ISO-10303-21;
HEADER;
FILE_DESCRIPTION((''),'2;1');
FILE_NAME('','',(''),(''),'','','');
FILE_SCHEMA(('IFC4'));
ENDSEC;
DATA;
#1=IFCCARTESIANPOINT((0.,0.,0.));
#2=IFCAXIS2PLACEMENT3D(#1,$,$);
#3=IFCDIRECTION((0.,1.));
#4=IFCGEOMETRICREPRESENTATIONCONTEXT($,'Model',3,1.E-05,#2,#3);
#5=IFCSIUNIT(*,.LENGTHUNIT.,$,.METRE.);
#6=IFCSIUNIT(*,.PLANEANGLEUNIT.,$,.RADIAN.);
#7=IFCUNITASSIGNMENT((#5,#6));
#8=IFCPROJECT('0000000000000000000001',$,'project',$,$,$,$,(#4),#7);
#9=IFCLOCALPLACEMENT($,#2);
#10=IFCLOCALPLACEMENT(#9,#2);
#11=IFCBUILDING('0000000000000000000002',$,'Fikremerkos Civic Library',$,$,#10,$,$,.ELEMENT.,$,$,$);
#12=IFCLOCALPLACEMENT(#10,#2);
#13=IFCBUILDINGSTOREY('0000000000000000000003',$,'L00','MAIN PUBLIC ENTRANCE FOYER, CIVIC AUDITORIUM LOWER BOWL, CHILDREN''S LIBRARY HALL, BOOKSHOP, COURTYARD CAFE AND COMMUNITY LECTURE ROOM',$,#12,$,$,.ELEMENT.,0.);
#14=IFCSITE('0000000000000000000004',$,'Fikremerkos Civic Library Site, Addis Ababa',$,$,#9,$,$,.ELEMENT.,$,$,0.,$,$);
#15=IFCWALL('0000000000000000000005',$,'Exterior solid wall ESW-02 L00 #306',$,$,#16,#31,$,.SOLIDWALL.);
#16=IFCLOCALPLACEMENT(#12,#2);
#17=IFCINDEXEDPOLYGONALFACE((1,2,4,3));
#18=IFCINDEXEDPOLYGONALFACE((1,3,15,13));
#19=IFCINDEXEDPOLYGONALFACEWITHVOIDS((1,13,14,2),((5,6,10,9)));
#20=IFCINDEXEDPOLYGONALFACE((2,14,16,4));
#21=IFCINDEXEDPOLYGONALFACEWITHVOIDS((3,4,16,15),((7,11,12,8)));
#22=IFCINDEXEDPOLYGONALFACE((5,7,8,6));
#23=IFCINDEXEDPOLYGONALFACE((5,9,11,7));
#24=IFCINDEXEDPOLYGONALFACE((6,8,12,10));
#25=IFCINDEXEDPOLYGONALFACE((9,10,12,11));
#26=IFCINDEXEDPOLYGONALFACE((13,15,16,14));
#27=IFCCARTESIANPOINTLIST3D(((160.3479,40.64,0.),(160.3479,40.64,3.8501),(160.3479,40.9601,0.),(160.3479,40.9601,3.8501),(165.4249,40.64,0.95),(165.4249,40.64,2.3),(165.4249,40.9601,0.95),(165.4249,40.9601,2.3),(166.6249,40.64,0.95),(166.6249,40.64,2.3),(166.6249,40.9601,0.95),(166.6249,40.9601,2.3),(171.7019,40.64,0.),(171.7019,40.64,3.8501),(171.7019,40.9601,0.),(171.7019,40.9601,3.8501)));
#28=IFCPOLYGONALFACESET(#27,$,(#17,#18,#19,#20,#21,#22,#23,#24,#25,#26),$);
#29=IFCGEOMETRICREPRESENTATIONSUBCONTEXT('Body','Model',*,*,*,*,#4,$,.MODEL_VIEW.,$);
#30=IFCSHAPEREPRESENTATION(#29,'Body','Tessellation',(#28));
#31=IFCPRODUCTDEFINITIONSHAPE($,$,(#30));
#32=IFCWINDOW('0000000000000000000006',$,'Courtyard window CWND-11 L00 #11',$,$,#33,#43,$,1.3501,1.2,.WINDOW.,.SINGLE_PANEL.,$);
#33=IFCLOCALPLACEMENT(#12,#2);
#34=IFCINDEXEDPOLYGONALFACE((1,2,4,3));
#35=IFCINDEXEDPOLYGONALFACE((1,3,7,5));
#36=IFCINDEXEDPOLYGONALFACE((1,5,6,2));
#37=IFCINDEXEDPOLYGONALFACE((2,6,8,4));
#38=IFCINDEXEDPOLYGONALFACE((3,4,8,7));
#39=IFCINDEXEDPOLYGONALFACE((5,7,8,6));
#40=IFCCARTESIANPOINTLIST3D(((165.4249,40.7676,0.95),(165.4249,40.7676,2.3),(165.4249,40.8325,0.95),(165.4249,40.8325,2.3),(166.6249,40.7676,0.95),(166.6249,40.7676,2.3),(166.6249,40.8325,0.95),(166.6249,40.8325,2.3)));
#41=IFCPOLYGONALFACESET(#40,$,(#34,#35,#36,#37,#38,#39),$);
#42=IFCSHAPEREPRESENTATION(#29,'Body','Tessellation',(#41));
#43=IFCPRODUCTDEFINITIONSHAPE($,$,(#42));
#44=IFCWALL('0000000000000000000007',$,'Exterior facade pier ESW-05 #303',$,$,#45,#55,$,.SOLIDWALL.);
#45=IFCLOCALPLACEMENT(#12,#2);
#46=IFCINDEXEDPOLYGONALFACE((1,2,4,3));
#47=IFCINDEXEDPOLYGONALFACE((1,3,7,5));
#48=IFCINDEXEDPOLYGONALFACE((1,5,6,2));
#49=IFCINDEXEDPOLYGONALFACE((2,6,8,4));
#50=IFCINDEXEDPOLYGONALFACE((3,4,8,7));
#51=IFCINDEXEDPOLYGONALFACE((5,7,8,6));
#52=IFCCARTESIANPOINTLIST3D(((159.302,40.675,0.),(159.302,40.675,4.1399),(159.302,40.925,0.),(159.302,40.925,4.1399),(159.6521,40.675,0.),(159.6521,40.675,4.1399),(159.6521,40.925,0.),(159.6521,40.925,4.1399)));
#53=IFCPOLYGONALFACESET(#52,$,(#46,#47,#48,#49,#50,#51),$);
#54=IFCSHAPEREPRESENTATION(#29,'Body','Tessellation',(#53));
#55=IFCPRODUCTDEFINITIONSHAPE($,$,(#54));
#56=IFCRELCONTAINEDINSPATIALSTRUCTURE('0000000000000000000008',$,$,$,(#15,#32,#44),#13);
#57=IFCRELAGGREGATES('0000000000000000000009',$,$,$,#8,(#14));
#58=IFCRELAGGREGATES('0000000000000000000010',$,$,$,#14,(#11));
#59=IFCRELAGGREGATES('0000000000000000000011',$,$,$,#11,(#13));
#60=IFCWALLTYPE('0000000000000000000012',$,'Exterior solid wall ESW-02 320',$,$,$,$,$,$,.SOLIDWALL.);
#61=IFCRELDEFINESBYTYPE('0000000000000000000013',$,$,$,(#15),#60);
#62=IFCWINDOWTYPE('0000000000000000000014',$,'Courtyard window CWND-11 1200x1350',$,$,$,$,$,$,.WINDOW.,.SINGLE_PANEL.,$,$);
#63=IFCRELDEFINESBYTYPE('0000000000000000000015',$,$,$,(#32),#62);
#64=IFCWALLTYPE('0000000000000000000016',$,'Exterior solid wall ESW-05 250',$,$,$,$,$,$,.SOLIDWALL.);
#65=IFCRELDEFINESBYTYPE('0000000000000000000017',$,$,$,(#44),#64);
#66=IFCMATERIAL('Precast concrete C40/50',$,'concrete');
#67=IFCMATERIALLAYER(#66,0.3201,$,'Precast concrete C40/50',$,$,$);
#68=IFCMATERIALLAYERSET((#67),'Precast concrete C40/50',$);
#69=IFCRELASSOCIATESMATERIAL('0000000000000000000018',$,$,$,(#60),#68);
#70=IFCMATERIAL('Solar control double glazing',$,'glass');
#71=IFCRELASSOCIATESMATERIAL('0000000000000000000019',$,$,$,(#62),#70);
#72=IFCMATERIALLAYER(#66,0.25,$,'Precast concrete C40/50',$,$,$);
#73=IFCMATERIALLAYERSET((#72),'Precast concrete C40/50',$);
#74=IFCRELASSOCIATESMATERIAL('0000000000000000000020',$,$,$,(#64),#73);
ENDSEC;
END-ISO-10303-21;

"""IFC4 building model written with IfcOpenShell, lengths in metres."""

from ifc_helpers import new_model, si_unit, direction, frame, frame_2d, origin, place, context, subcontext, project, spatial, rectangle, extrude, material, layer, layer_set, type_object, element, fill, save


model = new_model("IFC4")

# Units and contexts
model_context = context("Model", 3, precision=1e-05, world=origin(), true_north=direction((0.0, 1.0)))
body_context = subcontext(model_context, "Body", "Model", "MODEL_VIEW")
ifc_project = project(units=[si_unit("LENGTHUNIT", "METRE"), si_unit("PLANEANGLEUNIT", "RADIAN")], contexts=[model_context])

# Site, building, storey
site_placement = place(None, origin())
site = spatial("IfcSite", under=ifc_project, at=site_placement, Name="Fikremerkos Civic Library Site, Addis Ababa", CompositionType="ELEMENT", RefElevation=0.0)
building_placement = place(site_placement, origin())
building = spatial("IfcBuilding", under=site, at=building_placement, Name="Fikremerkos Civic Library", CompositionType="ELEMENT")
storey_placement = place(building_placement, origin())
storey = spatial("IfcBuildingStorey", under=building, at=storey_placement, Name="L00", Description="MAIN PUBLIC ENTRANCE FOYER, CIVIC AUDITORIUM LOWER BOWL, CHILDREN'S LIBRARY HALL, BOOKSHOP, COURTYARD CAFE AND COMMUNITY LECTURE ROOM", CompositionType="ELEMENT", Elevation=0.0)

# Shared definitions
ifc_material_1 = material(Name="Solar control double glazing", Category="glass")

# Wall, opening, window
ifc_material_2 = material(Name="Precast concrete C40/50", Category="concrete")
ifc_layer_1 = layer(ifc_material_2, 0.3201, Name="Precast concrete C40/50")
ifc_layer_set_1 = layer_set([ifc_layer_1], Name="Precast concrete C40/50")
wall_type_1 = type_object("IfcWallType", Name="Exterior solid wall ESW-02 320", PredefinedType="SOLIDWALL", material=ifc_layer_set_1)
wall_1_placement = place(storey_placement, frame((160.3479, 40.8, 0.0), z_axis=(0.0, 0.0, 1.0), x_axis=(1.0, 0.0, 0.0)))
wall_1 = element("IfcWall", 1, at=wall_1_placement, inside=storey, type_object=wall_type_1, Name="Exterior solid wall ESW-02 L00 #306", PredefinedType="SOLIDWALL", context=body_context, shape_type="SweptSolid", body=[
    extrude(rectangle(XDim=11.354, YDim=0.3201, at=frame_2d((5.677, 0.0))), origin(), (0.0, 0.0, 1.0), 3.8501),
])
opening_placement = place(wall_1_placement, frame((5.0769, 0.0, 0.95)))
opening = element("IfcOpeningElement", 2, at=opening_placement, cuts=wall_1, PredefinedType="OPENING", context=body_context, shape_type="SweptSolid", body=[
    extrude(rectangle(XDim=1.2, YDim=1.3501, at=frame_2d((0.6001, 0.675))), frame((0.0, 0.1699, 0.0), z_axis=(0.0, -1.0, 0.0), x_axis=(1.0, 0.0, 0.0)), (0.0, 0.0, 1.0), 0.3401),
])
window_type = type_object("IfcWindowType", Name="Courtyard window CWND-11 1200x1350", PartitioningType="SINGLE_PANEL", PredefinedType="WINDOW", material=ifc_material_1)
window_placement = place(opening_placement, origin())
window = element("IfcWindow", 3, at=window_placement, inside=storey, type_object=window_type, Name="Courtyard window CWND-11 L00 #11", OverallHeight=1.3501, OverallWidth=1.2, PartitioningType="SINGLE_PANEL", PredefinedType="WINDOW", context=body_context, shape_type="SweptSolid", body=[
    extrude(rectangle(XDim=1.2, YDim=1.3501, at=frame_2d((0.6001, 0.675))), frame((0.0, 0.0325, 0.0), z_axis=(0.0, -1.0, 0.0), x_axis=(1.0, 0.0, 0.0)), (0.0, 0.0, 1.0), 0.0649),
])
fill(opening, window)

# Wall
ifc_layer_2 = layer(ifc_material_2, 0.25, Name="Precast concrete C40/50")
ifc_layer_set_2 = layer_set([ifc_layer_2], Name="Precast concrete C40/50")
wall_type_2 = type_object("IfcWallType", Name="Exterior solid wall ESW-05 250", PredefinedType="SOLIDWALL", material=ifc_layer_set_2)
wall_2_placement = place(storey_placement, frame((159.302, 40.8, 0.0), z_axis=(0.0, 0.0, 1.0), x_axis=(1.0, 0.0, 0.0)))
element("IfcWall", 4, at=wall_2_placement, inside=storey, type_object=wall_type_2, Name="Exterior facade pier ESW-05 #303", PredefinedType="SOLIDWALL", context=body_context, shape_type="SweptSolid", body=[
    extrude(rectangle(XDim=0.3501, YDim=0.25, at=frame_2d((0.175, 0.0))), origin(), (0.0, 0.0, 1.0), 4.1399),
])

save(model, "model.ifc")
